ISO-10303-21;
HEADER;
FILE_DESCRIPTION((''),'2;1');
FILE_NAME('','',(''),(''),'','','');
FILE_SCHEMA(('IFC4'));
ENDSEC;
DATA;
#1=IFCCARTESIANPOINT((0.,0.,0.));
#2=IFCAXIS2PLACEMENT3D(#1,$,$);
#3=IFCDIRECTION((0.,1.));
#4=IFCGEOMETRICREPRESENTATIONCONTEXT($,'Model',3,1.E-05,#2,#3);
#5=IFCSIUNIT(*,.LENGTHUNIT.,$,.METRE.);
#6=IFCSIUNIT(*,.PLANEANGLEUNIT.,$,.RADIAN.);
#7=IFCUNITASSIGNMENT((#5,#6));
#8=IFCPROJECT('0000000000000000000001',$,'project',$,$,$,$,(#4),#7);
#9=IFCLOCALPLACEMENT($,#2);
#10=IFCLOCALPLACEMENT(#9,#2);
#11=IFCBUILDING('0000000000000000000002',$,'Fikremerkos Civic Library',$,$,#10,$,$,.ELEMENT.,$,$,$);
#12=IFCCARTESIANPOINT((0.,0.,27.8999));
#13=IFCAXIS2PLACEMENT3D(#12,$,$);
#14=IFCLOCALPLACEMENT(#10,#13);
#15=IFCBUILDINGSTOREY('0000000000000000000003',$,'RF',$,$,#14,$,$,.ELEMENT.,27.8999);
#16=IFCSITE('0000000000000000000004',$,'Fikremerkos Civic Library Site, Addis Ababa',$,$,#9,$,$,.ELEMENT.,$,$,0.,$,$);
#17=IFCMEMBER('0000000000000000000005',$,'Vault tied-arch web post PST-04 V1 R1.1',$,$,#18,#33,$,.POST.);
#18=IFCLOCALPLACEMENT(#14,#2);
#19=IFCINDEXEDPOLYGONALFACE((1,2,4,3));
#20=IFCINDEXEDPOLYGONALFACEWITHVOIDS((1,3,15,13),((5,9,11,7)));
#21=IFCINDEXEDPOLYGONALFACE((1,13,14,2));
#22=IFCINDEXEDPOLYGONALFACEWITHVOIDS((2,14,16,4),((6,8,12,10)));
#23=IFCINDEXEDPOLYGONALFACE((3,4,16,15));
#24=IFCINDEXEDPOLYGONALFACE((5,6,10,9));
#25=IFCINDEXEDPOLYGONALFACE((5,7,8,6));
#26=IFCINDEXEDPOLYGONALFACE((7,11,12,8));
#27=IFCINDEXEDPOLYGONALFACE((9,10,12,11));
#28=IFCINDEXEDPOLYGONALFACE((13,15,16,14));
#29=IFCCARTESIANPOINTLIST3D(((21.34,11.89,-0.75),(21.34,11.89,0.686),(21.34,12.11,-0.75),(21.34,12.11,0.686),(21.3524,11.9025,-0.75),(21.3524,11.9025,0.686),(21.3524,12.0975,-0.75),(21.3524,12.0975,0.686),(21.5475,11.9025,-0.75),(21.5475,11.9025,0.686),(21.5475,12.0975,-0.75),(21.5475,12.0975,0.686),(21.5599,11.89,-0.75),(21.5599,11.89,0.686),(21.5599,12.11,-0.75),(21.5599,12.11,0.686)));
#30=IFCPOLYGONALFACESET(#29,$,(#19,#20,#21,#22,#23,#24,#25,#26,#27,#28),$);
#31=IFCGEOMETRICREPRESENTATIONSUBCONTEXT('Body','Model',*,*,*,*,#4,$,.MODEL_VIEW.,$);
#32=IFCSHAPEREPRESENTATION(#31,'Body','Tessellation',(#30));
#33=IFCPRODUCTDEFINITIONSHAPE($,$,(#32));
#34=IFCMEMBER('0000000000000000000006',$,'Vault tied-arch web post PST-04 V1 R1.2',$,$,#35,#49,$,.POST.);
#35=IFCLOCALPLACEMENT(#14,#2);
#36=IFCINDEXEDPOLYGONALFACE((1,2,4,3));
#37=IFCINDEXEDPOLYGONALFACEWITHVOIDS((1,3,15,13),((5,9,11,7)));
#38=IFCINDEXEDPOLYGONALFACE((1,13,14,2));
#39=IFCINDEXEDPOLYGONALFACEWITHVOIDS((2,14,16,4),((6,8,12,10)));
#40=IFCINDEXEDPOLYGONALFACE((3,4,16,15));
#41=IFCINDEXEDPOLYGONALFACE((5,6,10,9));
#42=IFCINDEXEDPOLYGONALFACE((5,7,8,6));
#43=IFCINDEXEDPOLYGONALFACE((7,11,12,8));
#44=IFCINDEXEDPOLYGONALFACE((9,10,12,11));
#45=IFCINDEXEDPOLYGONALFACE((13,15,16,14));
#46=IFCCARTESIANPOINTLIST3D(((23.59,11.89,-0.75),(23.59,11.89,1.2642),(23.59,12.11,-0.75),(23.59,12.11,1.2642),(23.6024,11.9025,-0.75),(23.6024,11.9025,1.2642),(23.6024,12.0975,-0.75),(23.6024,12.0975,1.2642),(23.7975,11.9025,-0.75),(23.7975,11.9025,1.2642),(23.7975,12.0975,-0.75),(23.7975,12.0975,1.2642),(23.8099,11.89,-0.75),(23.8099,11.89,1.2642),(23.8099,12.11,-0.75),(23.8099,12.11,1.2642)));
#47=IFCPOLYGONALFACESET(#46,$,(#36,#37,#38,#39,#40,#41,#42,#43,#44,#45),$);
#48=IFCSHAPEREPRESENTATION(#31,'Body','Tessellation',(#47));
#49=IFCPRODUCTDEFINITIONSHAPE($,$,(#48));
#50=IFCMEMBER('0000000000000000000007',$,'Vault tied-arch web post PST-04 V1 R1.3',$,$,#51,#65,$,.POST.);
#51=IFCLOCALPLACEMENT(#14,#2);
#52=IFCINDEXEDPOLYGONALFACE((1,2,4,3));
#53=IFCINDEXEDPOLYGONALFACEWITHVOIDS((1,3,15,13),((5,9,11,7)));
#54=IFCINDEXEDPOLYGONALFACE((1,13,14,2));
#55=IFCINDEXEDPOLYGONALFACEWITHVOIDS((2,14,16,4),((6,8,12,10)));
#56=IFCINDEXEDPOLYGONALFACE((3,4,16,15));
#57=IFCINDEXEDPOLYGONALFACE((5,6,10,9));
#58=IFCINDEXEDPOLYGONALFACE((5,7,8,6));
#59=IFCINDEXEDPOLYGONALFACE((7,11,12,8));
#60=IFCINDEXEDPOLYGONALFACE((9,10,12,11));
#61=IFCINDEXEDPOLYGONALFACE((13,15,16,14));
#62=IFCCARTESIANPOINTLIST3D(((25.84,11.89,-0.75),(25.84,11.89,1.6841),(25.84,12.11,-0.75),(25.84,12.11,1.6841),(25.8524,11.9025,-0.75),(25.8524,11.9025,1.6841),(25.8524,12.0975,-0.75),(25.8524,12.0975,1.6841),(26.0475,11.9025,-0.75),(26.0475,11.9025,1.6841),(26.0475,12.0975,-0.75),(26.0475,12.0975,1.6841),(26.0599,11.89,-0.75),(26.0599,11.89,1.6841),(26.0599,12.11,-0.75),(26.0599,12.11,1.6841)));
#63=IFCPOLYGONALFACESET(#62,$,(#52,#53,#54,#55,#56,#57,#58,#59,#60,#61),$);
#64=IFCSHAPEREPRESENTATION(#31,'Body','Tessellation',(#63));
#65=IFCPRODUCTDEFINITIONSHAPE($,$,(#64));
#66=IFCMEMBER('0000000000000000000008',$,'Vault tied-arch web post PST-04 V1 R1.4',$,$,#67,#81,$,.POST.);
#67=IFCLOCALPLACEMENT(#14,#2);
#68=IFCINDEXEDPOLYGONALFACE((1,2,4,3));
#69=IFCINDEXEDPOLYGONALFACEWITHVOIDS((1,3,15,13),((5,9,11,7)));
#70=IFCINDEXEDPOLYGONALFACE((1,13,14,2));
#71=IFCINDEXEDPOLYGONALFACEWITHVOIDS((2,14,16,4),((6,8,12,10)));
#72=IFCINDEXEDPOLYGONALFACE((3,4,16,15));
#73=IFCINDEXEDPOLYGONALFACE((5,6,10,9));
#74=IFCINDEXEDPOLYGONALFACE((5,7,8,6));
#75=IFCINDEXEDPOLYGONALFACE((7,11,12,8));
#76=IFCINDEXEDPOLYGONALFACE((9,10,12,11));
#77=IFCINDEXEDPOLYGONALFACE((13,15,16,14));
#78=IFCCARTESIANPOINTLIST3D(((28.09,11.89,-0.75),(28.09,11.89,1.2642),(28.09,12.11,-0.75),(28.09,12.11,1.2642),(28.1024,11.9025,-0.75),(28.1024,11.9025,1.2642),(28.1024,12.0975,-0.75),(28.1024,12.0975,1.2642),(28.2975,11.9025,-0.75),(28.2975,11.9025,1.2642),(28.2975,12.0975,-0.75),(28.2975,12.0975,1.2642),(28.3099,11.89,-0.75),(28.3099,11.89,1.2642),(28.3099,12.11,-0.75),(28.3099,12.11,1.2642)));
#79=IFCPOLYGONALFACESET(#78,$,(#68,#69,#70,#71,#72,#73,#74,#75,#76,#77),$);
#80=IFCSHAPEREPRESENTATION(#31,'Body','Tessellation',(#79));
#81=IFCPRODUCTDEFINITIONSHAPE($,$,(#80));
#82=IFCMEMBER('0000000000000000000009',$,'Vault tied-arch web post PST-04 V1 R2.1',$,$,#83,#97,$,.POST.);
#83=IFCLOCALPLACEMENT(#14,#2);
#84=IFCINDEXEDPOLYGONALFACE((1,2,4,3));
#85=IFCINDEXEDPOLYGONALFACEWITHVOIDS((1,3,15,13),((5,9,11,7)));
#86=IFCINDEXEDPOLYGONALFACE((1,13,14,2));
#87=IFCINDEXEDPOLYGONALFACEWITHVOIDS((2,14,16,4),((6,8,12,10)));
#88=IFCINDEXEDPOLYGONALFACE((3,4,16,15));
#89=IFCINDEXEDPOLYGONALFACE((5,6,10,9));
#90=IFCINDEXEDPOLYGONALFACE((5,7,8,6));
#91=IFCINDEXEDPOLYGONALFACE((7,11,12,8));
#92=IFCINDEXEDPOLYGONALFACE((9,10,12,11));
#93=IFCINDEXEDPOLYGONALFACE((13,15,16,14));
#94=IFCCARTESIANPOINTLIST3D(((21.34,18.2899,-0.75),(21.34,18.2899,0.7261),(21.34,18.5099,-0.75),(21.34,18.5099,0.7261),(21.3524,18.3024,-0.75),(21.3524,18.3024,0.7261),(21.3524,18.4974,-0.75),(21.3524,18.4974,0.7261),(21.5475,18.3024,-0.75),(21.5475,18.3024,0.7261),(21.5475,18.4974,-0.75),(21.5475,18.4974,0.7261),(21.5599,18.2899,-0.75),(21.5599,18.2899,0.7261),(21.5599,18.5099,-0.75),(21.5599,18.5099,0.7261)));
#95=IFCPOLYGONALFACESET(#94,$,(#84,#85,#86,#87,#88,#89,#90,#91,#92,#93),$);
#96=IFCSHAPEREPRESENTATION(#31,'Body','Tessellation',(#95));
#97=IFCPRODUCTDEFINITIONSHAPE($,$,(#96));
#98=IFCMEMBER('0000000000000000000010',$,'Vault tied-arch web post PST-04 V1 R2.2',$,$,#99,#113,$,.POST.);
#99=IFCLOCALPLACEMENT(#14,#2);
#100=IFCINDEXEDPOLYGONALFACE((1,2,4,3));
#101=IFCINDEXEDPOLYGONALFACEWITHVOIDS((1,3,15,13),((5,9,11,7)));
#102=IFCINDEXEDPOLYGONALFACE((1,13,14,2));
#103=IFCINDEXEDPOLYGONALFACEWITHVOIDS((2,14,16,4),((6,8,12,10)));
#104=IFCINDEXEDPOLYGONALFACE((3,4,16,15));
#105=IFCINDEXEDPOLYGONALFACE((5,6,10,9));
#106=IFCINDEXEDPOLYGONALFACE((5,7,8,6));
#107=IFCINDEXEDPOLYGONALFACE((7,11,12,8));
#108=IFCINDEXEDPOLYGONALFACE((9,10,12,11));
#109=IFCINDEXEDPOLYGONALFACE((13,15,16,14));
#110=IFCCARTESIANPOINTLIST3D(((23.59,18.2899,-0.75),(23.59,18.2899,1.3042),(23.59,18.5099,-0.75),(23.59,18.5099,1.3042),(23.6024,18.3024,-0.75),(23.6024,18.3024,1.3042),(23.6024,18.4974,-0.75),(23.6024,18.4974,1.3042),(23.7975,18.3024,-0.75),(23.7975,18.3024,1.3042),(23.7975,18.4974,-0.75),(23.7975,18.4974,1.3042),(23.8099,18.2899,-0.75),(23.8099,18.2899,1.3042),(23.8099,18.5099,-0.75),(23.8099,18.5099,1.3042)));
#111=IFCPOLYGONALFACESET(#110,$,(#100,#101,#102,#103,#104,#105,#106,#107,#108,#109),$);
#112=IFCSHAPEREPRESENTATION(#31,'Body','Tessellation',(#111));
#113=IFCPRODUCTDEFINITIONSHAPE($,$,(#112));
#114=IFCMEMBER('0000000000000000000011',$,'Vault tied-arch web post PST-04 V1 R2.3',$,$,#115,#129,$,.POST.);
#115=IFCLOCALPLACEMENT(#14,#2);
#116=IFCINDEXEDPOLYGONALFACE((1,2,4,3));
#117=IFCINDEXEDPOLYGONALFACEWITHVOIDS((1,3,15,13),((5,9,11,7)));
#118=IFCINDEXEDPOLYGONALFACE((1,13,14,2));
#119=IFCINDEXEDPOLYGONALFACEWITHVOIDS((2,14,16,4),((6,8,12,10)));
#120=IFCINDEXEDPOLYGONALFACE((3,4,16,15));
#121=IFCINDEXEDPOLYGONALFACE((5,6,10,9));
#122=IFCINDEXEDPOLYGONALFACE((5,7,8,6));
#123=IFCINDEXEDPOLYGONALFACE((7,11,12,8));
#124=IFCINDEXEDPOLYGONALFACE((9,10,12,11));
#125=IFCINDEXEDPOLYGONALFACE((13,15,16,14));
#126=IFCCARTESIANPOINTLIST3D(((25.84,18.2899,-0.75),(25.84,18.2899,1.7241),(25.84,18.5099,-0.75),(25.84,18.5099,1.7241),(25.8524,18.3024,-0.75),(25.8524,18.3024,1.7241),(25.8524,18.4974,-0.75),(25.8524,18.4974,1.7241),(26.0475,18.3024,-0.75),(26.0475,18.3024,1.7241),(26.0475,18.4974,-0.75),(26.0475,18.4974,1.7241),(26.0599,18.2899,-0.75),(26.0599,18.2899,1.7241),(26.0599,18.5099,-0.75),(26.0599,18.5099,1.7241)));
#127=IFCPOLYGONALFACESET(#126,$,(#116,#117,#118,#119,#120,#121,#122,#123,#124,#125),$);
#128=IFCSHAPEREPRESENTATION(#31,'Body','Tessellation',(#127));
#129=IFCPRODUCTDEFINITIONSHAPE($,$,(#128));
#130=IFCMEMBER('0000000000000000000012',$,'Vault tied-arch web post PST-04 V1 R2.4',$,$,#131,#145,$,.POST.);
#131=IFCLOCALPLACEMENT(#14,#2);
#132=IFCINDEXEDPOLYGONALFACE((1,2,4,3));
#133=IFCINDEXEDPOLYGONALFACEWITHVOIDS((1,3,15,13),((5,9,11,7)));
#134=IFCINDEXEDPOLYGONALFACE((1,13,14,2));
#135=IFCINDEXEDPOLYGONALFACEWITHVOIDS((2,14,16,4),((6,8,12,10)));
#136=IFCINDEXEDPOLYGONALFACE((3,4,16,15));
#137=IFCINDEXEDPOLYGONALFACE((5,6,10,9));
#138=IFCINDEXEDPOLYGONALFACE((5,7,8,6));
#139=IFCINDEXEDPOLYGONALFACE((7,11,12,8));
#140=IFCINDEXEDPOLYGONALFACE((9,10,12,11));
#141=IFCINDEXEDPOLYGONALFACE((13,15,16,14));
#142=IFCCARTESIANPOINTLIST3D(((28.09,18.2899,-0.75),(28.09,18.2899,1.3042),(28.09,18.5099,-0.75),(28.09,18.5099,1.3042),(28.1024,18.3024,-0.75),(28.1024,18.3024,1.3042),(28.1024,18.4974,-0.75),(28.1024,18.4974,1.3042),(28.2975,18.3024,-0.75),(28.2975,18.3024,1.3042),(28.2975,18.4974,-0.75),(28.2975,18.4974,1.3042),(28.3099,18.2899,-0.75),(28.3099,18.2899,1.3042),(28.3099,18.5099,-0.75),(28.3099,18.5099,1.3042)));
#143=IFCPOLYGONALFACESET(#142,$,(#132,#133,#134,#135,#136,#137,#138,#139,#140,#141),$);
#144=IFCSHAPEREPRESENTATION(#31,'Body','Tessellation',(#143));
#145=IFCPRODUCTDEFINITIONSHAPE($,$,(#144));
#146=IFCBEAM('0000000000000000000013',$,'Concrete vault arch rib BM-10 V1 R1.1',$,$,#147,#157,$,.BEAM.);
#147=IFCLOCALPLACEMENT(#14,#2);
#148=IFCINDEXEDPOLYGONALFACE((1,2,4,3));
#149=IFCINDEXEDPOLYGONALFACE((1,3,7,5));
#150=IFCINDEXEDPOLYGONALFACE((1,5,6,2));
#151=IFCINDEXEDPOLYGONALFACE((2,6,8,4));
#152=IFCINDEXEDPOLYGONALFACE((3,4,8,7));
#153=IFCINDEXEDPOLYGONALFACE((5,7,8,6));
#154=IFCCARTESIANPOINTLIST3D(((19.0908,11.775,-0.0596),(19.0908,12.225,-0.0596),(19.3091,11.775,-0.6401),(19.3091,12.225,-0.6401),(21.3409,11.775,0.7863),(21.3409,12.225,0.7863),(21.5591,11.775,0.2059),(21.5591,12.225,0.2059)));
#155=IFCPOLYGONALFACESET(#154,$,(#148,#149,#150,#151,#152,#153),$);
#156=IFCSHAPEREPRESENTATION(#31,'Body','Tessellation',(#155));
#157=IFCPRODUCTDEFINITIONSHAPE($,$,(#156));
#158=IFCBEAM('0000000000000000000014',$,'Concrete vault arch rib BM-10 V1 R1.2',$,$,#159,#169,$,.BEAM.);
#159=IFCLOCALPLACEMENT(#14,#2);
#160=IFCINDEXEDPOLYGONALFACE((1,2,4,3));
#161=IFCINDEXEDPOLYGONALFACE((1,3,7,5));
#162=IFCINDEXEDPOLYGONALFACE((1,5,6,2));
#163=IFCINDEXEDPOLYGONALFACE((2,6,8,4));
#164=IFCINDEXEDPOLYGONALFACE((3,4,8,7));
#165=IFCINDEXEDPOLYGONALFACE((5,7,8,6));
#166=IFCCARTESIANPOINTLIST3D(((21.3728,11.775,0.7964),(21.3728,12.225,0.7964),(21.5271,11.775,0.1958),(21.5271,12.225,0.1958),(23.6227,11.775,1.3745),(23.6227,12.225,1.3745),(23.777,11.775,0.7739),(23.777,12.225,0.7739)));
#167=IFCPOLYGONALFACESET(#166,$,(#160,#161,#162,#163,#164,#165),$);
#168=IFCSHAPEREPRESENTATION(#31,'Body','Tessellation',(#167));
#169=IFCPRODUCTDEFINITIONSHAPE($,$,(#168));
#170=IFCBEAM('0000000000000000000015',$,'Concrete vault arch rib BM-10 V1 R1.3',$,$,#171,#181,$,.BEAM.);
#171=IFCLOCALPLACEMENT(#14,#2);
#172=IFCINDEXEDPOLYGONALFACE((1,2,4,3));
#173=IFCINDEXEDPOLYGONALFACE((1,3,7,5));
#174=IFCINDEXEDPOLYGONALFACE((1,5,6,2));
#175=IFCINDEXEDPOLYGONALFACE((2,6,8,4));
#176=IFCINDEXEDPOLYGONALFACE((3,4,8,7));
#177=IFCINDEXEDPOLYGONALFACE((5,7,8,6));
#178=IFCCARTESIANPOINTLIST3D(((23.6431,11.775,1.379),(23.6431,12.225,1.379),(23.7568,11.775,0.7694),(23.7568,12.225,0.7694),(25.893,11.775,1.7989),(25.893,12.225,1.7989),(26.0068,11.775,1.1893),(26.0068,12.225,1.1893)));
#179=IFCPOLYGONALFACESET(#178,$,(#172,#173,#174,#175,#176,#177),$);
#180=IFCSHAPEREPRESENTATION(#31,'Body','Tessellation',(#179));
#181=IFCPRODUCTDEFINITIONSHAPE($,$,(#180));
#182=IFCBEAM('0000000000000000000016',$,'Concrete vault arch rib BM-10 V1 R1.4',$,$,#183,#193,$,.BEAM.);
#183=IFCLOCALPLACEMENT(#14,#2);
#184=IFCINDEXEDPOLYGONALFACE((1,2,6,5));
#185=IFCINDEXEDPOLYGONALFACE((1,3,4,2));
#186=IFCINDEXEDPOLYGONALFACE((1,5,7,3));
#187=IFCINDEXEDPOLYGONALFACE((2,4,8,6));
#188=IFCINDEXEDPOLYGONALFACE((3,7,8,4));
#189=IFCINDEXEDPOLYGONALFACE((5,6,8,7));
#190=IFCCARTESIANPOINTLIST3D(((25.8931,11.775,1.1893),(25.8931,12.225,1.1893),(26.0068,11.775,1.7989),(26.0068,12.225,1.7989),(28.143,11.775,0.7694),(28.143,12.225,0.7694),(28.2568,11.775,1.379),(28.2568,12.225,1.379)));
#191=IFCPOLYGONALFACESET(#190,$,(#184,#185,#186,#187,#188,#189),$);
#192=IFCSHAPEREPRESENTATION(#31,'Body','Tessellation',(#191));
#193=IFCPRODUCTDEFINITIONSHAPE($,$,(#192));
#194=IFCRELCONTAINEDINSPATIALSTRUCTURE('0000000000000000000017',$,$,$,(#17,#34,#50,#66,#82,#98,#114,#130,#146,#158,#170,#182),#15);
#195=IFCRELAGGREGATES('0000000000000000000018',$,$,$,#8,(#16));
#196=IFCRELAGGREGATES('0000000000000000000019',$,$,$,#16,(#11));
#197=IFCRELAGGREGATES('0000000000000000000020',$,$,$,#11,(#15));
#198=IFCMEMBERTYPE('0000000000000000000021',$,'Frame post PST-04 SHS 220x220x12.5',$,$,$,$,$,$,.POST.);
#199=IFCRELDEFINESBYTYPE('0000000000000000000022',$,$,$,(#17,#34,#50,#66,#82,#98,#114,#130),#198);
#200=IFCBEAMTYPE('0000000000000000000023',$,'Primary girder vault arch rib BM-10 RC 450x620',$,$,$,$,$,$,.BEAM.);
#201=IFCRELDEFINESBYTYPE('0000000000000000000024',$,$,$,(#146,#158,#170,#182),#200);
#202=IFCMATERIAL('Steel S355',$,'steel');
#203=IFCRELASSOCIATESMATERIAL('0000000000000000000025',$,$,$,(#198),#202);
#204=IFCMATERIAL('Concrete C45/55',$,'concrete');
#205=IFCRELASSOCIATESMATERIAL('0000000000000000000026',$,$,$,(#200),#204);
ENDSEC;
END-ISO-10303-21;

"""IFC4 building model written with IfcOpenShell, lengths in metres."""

from ifc_helpers import new_model, si_unit, direction, frame, origin, origin_2d, place, context, subcontext, project, spatial, rectangle, hollow_rectangle, extrude, material, material_profile, profile_set, type_object, element, save


model = new_model("IFC4")

# Units and contexts
model_context = context("Model", 3, precision=1e-05, world=origin(), true_north=direction((0.0, 1.0)))
body_context = subcontext(model_context, "Body", "Model", "MODEL_VIEW")
ifc_project = project(units=[si_unit("LENGTHUNIT", "METRE"), si_unit("PLANEANGLEUNIT", "RADIAN")], contexts=[model_context])

# Site, building, storey
site_placement = place(None, origin())
site = spatial("IfcSite", under=ifc_project, at=site_placement, Name="Fikremerkos Civic Library Site, Addis Ababa", CompositionType="ELEMENT", RefElevation=0.0)
building_placement = place(site_placement, origin())
building = spatial("IfcBuilding", under=site, at=building_placement, Name="Fikremerkos Civic Library", CompositionType="ELEMENT")
storey_placement = place(building_placement, frame((0.0, 0.0, 27.8999)))
storey = spatial("IfcBuildingStorey", under=building, at=storey_placement, Name="RF", CompositionType="ELEMENT", Elevation=27.8999)

# Members
ifc_material_1 = material(Name="Steel S355", Category="steel")
ifc_material_profile_1 = material_profile(ifc_material_1, hollow_rectangle(XDim=0.22, YDim=0.22, WallThickness=0.0125, at=origin_2d()), Name="SHS 220x220x12.5")
ifc_profile_set_1 = profile_set([ifc_material_profile_1], Name="Steel S355")
member_type_1 = type_object("IfcMemberType", Name="Frame post PST-04 SHS 220x220x12.5", PredefinedType="POST", material=ifc_profile_set_1)
member_1_placement = place(storey_placement, frame((21.45, 12.0, -0.75), z_axis=(0.0, 0.0, 1.0), x_axis=(1.0, 0.0, 0.0)))
element("IfcMember", 1, at=member_1_placement, inside=storey, type_object=member_type_1, Name="Vault tied-arch web post PST-04 V1 R1.1", PredefinedType="POST", context=body_context, shape_type="SweptSolid", body=[
    extrude(hollow_rectangle(XDim=0.22, YDim=0.22, WallThickness=0.0125, at=origin_2d()), origin(), (0.0, 0.0, 1.0), 1.436),
])
member_2_placement = place(storey_placement, frame((23.7, 12.0, -0.75), z_axis=(0.0, 0.0, 1.0), x_axis=(1.0, 0.0, 0.0)))
element("IfcMember", 2, at=member_2_placement, inside=storey, type_object=member_type_1, Name="Vault tied-arch web post PST-04 V1 R1.2", PredefinedType="POST", context=body_context, shape_type="SweptSolid", body=[
    extrude(hollow_rectangle(XDim=0.22, YDim=0.22, WallThickness=0.0125, at=origin_2d()), origin(), (0.0, 0.0, 1.0), 2.0142),
])
member_3_placement = place(storey_placement, frame((25.95, 12.0, -0.75), z_axis=(0.0, 0.0, 1.0), x_axis=(1.0, 0.0, 0.0)))
element("IfcMember", 3, at=member_3_placement, inside=storey, type_object=member_type_1, Name="Vault tied-arch web post PST-04 V1 R1.3", PredefinedType="POST", context=body_context, shape_type="SweptSolid", body=[
    extrude(hollow_rectangle(XDim=0.22, YDim=0.22, WallThickness=0.0125, at=origin_2d()), origin(), (0.0, 0.0, 1.0), 2.4341),
])
member_4_placement = place(storey_placement, frame((28.2, 12.0, -0.75), z_axis=(0.0, 0.0, 1.0), x_axis=(1.0, 0.0, 0.0)))
element("IfcMember", 4, at=member_4_placement, inside=storey, type_object=member_type_1, Name="Vault tied-arch web post PST-04 V1 R1.4", PredefinedType="POST", context=body_context, shape_type="SweptSolid", body=[
    extrude(hollow_rectangle(XDim=0.22, YDim=0.22, WallThickness=0.0125, at=origin_2d()), origin(), (0.0, 0.0, 1.0), 2.0142),
])
member_5_placement = place(storey_placement, frame((21.45, 18.3999, -0.75), z_axis=(0.0, 0.0, 1.0), x_axis=(1.0, 0.0, 0.0)))
element("IfcMember", 5, at=member_5_placement, inside=storey, type_object=member_type_1, Name="Vault tied-arch web post PST-04 V1 R2.1", PredefinedType="POST", context=body_context, shape_type="SweptSolid", body=[
    extrude(hollow_rectangle(XDim=0.22, YDim=0.22, WallThickness=0.0125, at=origin_2d()), origin(), (0.0, 0.0, 1.0), 1.4761),
])
member_6_placement = place(storey_placement, frame((23.7, 18.3999, -0.75), z_axis=(0.0, 0.0, 1.0), x_axis=(1.0, 0.0, 0.0)))
element("IfcMember", 6, at=member_6_placement, inside=storey, type_object=member_type_1, Name="Vault tied-arch web post PST-04 V1 R2.2", PredefinedType="POST", context=body_context, shape_type="SweptSolid", body=[
    extrude(hollow_rectangle(XDim=0.22, YDim=0.22, WallThickness=0.0125, at=origin_2d()), origin(), (0.0, 0.0, 1.0), 2.0542),
])
member_7_placement = place(storey_placement, frame((25.95, 18.3999, -0.75), z_axis=(0.0, 0.0, 1.0), x_axis=(1.0, 0.0, 0.0)))
element("IfcMember", 7, at=member_7_placement, inside=storey, type_object=member_type_1, Name="Vault tied-arch web post PST-04 V1 R2.3", PredefinedType="POST", context=body_context, shape_type="SweptSolid", body=[
    extrude(hollow_rectangle(XDim=0.22, YDim=0.22, WallThickness=0.0125, at=origin_2d()), origin(), (0.0, 0.0, 1.0), 2.4741),
])
member_8_placement = place(storey_placement, frame((28.2, 18.3999, -0.75), z_axis=(0.0, 0.0, 1.0), x_axis=(1.0, 0.0, 0.0)))
element("IfcMember", 8, at=member_8_placement, inside=storey, type_object=member_type_1, Name="Vault tied-arch web post PST-04 V1 R2.4", PredefinedType="POST", context=body_context, shape_type="SweptSolid", body=[
    extrude(hollow_rectangle(XDim=0.22, YDim=0.22, WallThickness=0.0125, at=origin_2d()), origin(), (0.0, 0.0, 1.0), 2.0542),
])

# Beams
ifc_material_2 = material(Name="Concrete C45/55", Category="concrete")
ifc_material_profile_2 = material_profile(ifc_material_2, rectangle(XDim=0.45, YDim=0.6201, at=origin_2d()), Name="RC 450x620")
ifc_profile_set_2 = profile_set([ifc_material_profile_2], Name="Concrete C45/55")
beam_type_1 = type_object("IfcBeamType", Name="Primary girder vault arch rib BM-10 RC 450x620", PredefinedType="BEAM", material=ifc_profile_set_2)
beam_1_placement = place(storey_placement, frame((19.2, 12.0, -0.3499), z_axis=(0.936028, 0.0, 0.351925), x_axis=(0.0, 1.0, 0.0)))
element("IfcBeam", 9, at=beam_1_placement, inside=storey, type_object=beam_type_1, Name="Concrete vault arch rib BM-10 V1 R1.1", PredefinedType="BEAM", context=body_context, shape_type="SweptSolid", body=[
    extrude(rectangle(XDim=0.45, YDim=0.6201, at=origin_2d()), origin(), (0.0, 0.0, 1.0), 2.4038),
])
beam_2_placement = place(storey_placement, frame((21.45, 12.0, 0.4961), z_axis=(0.968539, 0.0, 0.248861), x_axis=(0.0, 1.0, 0.0)))
element("IfcBeam", 10, at=beam_2_placement, inside=storey, type_object=beam_type_1, Name="Concrete vault arch rib BM-10 V1 R1.2", PredefinedType="BEAM", context=body_context, shape_type="SweptSolid", body=[
    extrude(rectangle(XDim=0.45, YDim=0.6201, at=origin_2d()), origin(), (0.0, 0.0, 1.0), 2.323),
])
for number, where, z_axis, x_axis, name in (
    (11, (23.7, 12.0, 1.0742), (0.983026, 0.0, 0.183464), (0.0, 1.0, 0.0), "Concrete vault arch rib BM-10 V1 R1.3"),
    (12, (25.95, 12.0, 1.4941), (0.983026, 0.0, -0.183464), (0.0, 1.0, 0.0), "Concrete vault arch rib BM-10 V1 R1.4"),
):
    element("IfcBeam", number, at=place(storey_placement, frame(where, z_axis=z_axis, x_axis=x_axis)), inside=storey, type_object=beam_type_1, Name=name, PredefinedType="BEAM", context=body_context, shape_type="SweptSolid", body=[
        extrude(rectangle(XDim=0.45, YDim=0.6201, at=origin_2d()), origin(), (0.0, 0.0, 1.0), 2.2888),
    ])

save(model, "model.ifc")
